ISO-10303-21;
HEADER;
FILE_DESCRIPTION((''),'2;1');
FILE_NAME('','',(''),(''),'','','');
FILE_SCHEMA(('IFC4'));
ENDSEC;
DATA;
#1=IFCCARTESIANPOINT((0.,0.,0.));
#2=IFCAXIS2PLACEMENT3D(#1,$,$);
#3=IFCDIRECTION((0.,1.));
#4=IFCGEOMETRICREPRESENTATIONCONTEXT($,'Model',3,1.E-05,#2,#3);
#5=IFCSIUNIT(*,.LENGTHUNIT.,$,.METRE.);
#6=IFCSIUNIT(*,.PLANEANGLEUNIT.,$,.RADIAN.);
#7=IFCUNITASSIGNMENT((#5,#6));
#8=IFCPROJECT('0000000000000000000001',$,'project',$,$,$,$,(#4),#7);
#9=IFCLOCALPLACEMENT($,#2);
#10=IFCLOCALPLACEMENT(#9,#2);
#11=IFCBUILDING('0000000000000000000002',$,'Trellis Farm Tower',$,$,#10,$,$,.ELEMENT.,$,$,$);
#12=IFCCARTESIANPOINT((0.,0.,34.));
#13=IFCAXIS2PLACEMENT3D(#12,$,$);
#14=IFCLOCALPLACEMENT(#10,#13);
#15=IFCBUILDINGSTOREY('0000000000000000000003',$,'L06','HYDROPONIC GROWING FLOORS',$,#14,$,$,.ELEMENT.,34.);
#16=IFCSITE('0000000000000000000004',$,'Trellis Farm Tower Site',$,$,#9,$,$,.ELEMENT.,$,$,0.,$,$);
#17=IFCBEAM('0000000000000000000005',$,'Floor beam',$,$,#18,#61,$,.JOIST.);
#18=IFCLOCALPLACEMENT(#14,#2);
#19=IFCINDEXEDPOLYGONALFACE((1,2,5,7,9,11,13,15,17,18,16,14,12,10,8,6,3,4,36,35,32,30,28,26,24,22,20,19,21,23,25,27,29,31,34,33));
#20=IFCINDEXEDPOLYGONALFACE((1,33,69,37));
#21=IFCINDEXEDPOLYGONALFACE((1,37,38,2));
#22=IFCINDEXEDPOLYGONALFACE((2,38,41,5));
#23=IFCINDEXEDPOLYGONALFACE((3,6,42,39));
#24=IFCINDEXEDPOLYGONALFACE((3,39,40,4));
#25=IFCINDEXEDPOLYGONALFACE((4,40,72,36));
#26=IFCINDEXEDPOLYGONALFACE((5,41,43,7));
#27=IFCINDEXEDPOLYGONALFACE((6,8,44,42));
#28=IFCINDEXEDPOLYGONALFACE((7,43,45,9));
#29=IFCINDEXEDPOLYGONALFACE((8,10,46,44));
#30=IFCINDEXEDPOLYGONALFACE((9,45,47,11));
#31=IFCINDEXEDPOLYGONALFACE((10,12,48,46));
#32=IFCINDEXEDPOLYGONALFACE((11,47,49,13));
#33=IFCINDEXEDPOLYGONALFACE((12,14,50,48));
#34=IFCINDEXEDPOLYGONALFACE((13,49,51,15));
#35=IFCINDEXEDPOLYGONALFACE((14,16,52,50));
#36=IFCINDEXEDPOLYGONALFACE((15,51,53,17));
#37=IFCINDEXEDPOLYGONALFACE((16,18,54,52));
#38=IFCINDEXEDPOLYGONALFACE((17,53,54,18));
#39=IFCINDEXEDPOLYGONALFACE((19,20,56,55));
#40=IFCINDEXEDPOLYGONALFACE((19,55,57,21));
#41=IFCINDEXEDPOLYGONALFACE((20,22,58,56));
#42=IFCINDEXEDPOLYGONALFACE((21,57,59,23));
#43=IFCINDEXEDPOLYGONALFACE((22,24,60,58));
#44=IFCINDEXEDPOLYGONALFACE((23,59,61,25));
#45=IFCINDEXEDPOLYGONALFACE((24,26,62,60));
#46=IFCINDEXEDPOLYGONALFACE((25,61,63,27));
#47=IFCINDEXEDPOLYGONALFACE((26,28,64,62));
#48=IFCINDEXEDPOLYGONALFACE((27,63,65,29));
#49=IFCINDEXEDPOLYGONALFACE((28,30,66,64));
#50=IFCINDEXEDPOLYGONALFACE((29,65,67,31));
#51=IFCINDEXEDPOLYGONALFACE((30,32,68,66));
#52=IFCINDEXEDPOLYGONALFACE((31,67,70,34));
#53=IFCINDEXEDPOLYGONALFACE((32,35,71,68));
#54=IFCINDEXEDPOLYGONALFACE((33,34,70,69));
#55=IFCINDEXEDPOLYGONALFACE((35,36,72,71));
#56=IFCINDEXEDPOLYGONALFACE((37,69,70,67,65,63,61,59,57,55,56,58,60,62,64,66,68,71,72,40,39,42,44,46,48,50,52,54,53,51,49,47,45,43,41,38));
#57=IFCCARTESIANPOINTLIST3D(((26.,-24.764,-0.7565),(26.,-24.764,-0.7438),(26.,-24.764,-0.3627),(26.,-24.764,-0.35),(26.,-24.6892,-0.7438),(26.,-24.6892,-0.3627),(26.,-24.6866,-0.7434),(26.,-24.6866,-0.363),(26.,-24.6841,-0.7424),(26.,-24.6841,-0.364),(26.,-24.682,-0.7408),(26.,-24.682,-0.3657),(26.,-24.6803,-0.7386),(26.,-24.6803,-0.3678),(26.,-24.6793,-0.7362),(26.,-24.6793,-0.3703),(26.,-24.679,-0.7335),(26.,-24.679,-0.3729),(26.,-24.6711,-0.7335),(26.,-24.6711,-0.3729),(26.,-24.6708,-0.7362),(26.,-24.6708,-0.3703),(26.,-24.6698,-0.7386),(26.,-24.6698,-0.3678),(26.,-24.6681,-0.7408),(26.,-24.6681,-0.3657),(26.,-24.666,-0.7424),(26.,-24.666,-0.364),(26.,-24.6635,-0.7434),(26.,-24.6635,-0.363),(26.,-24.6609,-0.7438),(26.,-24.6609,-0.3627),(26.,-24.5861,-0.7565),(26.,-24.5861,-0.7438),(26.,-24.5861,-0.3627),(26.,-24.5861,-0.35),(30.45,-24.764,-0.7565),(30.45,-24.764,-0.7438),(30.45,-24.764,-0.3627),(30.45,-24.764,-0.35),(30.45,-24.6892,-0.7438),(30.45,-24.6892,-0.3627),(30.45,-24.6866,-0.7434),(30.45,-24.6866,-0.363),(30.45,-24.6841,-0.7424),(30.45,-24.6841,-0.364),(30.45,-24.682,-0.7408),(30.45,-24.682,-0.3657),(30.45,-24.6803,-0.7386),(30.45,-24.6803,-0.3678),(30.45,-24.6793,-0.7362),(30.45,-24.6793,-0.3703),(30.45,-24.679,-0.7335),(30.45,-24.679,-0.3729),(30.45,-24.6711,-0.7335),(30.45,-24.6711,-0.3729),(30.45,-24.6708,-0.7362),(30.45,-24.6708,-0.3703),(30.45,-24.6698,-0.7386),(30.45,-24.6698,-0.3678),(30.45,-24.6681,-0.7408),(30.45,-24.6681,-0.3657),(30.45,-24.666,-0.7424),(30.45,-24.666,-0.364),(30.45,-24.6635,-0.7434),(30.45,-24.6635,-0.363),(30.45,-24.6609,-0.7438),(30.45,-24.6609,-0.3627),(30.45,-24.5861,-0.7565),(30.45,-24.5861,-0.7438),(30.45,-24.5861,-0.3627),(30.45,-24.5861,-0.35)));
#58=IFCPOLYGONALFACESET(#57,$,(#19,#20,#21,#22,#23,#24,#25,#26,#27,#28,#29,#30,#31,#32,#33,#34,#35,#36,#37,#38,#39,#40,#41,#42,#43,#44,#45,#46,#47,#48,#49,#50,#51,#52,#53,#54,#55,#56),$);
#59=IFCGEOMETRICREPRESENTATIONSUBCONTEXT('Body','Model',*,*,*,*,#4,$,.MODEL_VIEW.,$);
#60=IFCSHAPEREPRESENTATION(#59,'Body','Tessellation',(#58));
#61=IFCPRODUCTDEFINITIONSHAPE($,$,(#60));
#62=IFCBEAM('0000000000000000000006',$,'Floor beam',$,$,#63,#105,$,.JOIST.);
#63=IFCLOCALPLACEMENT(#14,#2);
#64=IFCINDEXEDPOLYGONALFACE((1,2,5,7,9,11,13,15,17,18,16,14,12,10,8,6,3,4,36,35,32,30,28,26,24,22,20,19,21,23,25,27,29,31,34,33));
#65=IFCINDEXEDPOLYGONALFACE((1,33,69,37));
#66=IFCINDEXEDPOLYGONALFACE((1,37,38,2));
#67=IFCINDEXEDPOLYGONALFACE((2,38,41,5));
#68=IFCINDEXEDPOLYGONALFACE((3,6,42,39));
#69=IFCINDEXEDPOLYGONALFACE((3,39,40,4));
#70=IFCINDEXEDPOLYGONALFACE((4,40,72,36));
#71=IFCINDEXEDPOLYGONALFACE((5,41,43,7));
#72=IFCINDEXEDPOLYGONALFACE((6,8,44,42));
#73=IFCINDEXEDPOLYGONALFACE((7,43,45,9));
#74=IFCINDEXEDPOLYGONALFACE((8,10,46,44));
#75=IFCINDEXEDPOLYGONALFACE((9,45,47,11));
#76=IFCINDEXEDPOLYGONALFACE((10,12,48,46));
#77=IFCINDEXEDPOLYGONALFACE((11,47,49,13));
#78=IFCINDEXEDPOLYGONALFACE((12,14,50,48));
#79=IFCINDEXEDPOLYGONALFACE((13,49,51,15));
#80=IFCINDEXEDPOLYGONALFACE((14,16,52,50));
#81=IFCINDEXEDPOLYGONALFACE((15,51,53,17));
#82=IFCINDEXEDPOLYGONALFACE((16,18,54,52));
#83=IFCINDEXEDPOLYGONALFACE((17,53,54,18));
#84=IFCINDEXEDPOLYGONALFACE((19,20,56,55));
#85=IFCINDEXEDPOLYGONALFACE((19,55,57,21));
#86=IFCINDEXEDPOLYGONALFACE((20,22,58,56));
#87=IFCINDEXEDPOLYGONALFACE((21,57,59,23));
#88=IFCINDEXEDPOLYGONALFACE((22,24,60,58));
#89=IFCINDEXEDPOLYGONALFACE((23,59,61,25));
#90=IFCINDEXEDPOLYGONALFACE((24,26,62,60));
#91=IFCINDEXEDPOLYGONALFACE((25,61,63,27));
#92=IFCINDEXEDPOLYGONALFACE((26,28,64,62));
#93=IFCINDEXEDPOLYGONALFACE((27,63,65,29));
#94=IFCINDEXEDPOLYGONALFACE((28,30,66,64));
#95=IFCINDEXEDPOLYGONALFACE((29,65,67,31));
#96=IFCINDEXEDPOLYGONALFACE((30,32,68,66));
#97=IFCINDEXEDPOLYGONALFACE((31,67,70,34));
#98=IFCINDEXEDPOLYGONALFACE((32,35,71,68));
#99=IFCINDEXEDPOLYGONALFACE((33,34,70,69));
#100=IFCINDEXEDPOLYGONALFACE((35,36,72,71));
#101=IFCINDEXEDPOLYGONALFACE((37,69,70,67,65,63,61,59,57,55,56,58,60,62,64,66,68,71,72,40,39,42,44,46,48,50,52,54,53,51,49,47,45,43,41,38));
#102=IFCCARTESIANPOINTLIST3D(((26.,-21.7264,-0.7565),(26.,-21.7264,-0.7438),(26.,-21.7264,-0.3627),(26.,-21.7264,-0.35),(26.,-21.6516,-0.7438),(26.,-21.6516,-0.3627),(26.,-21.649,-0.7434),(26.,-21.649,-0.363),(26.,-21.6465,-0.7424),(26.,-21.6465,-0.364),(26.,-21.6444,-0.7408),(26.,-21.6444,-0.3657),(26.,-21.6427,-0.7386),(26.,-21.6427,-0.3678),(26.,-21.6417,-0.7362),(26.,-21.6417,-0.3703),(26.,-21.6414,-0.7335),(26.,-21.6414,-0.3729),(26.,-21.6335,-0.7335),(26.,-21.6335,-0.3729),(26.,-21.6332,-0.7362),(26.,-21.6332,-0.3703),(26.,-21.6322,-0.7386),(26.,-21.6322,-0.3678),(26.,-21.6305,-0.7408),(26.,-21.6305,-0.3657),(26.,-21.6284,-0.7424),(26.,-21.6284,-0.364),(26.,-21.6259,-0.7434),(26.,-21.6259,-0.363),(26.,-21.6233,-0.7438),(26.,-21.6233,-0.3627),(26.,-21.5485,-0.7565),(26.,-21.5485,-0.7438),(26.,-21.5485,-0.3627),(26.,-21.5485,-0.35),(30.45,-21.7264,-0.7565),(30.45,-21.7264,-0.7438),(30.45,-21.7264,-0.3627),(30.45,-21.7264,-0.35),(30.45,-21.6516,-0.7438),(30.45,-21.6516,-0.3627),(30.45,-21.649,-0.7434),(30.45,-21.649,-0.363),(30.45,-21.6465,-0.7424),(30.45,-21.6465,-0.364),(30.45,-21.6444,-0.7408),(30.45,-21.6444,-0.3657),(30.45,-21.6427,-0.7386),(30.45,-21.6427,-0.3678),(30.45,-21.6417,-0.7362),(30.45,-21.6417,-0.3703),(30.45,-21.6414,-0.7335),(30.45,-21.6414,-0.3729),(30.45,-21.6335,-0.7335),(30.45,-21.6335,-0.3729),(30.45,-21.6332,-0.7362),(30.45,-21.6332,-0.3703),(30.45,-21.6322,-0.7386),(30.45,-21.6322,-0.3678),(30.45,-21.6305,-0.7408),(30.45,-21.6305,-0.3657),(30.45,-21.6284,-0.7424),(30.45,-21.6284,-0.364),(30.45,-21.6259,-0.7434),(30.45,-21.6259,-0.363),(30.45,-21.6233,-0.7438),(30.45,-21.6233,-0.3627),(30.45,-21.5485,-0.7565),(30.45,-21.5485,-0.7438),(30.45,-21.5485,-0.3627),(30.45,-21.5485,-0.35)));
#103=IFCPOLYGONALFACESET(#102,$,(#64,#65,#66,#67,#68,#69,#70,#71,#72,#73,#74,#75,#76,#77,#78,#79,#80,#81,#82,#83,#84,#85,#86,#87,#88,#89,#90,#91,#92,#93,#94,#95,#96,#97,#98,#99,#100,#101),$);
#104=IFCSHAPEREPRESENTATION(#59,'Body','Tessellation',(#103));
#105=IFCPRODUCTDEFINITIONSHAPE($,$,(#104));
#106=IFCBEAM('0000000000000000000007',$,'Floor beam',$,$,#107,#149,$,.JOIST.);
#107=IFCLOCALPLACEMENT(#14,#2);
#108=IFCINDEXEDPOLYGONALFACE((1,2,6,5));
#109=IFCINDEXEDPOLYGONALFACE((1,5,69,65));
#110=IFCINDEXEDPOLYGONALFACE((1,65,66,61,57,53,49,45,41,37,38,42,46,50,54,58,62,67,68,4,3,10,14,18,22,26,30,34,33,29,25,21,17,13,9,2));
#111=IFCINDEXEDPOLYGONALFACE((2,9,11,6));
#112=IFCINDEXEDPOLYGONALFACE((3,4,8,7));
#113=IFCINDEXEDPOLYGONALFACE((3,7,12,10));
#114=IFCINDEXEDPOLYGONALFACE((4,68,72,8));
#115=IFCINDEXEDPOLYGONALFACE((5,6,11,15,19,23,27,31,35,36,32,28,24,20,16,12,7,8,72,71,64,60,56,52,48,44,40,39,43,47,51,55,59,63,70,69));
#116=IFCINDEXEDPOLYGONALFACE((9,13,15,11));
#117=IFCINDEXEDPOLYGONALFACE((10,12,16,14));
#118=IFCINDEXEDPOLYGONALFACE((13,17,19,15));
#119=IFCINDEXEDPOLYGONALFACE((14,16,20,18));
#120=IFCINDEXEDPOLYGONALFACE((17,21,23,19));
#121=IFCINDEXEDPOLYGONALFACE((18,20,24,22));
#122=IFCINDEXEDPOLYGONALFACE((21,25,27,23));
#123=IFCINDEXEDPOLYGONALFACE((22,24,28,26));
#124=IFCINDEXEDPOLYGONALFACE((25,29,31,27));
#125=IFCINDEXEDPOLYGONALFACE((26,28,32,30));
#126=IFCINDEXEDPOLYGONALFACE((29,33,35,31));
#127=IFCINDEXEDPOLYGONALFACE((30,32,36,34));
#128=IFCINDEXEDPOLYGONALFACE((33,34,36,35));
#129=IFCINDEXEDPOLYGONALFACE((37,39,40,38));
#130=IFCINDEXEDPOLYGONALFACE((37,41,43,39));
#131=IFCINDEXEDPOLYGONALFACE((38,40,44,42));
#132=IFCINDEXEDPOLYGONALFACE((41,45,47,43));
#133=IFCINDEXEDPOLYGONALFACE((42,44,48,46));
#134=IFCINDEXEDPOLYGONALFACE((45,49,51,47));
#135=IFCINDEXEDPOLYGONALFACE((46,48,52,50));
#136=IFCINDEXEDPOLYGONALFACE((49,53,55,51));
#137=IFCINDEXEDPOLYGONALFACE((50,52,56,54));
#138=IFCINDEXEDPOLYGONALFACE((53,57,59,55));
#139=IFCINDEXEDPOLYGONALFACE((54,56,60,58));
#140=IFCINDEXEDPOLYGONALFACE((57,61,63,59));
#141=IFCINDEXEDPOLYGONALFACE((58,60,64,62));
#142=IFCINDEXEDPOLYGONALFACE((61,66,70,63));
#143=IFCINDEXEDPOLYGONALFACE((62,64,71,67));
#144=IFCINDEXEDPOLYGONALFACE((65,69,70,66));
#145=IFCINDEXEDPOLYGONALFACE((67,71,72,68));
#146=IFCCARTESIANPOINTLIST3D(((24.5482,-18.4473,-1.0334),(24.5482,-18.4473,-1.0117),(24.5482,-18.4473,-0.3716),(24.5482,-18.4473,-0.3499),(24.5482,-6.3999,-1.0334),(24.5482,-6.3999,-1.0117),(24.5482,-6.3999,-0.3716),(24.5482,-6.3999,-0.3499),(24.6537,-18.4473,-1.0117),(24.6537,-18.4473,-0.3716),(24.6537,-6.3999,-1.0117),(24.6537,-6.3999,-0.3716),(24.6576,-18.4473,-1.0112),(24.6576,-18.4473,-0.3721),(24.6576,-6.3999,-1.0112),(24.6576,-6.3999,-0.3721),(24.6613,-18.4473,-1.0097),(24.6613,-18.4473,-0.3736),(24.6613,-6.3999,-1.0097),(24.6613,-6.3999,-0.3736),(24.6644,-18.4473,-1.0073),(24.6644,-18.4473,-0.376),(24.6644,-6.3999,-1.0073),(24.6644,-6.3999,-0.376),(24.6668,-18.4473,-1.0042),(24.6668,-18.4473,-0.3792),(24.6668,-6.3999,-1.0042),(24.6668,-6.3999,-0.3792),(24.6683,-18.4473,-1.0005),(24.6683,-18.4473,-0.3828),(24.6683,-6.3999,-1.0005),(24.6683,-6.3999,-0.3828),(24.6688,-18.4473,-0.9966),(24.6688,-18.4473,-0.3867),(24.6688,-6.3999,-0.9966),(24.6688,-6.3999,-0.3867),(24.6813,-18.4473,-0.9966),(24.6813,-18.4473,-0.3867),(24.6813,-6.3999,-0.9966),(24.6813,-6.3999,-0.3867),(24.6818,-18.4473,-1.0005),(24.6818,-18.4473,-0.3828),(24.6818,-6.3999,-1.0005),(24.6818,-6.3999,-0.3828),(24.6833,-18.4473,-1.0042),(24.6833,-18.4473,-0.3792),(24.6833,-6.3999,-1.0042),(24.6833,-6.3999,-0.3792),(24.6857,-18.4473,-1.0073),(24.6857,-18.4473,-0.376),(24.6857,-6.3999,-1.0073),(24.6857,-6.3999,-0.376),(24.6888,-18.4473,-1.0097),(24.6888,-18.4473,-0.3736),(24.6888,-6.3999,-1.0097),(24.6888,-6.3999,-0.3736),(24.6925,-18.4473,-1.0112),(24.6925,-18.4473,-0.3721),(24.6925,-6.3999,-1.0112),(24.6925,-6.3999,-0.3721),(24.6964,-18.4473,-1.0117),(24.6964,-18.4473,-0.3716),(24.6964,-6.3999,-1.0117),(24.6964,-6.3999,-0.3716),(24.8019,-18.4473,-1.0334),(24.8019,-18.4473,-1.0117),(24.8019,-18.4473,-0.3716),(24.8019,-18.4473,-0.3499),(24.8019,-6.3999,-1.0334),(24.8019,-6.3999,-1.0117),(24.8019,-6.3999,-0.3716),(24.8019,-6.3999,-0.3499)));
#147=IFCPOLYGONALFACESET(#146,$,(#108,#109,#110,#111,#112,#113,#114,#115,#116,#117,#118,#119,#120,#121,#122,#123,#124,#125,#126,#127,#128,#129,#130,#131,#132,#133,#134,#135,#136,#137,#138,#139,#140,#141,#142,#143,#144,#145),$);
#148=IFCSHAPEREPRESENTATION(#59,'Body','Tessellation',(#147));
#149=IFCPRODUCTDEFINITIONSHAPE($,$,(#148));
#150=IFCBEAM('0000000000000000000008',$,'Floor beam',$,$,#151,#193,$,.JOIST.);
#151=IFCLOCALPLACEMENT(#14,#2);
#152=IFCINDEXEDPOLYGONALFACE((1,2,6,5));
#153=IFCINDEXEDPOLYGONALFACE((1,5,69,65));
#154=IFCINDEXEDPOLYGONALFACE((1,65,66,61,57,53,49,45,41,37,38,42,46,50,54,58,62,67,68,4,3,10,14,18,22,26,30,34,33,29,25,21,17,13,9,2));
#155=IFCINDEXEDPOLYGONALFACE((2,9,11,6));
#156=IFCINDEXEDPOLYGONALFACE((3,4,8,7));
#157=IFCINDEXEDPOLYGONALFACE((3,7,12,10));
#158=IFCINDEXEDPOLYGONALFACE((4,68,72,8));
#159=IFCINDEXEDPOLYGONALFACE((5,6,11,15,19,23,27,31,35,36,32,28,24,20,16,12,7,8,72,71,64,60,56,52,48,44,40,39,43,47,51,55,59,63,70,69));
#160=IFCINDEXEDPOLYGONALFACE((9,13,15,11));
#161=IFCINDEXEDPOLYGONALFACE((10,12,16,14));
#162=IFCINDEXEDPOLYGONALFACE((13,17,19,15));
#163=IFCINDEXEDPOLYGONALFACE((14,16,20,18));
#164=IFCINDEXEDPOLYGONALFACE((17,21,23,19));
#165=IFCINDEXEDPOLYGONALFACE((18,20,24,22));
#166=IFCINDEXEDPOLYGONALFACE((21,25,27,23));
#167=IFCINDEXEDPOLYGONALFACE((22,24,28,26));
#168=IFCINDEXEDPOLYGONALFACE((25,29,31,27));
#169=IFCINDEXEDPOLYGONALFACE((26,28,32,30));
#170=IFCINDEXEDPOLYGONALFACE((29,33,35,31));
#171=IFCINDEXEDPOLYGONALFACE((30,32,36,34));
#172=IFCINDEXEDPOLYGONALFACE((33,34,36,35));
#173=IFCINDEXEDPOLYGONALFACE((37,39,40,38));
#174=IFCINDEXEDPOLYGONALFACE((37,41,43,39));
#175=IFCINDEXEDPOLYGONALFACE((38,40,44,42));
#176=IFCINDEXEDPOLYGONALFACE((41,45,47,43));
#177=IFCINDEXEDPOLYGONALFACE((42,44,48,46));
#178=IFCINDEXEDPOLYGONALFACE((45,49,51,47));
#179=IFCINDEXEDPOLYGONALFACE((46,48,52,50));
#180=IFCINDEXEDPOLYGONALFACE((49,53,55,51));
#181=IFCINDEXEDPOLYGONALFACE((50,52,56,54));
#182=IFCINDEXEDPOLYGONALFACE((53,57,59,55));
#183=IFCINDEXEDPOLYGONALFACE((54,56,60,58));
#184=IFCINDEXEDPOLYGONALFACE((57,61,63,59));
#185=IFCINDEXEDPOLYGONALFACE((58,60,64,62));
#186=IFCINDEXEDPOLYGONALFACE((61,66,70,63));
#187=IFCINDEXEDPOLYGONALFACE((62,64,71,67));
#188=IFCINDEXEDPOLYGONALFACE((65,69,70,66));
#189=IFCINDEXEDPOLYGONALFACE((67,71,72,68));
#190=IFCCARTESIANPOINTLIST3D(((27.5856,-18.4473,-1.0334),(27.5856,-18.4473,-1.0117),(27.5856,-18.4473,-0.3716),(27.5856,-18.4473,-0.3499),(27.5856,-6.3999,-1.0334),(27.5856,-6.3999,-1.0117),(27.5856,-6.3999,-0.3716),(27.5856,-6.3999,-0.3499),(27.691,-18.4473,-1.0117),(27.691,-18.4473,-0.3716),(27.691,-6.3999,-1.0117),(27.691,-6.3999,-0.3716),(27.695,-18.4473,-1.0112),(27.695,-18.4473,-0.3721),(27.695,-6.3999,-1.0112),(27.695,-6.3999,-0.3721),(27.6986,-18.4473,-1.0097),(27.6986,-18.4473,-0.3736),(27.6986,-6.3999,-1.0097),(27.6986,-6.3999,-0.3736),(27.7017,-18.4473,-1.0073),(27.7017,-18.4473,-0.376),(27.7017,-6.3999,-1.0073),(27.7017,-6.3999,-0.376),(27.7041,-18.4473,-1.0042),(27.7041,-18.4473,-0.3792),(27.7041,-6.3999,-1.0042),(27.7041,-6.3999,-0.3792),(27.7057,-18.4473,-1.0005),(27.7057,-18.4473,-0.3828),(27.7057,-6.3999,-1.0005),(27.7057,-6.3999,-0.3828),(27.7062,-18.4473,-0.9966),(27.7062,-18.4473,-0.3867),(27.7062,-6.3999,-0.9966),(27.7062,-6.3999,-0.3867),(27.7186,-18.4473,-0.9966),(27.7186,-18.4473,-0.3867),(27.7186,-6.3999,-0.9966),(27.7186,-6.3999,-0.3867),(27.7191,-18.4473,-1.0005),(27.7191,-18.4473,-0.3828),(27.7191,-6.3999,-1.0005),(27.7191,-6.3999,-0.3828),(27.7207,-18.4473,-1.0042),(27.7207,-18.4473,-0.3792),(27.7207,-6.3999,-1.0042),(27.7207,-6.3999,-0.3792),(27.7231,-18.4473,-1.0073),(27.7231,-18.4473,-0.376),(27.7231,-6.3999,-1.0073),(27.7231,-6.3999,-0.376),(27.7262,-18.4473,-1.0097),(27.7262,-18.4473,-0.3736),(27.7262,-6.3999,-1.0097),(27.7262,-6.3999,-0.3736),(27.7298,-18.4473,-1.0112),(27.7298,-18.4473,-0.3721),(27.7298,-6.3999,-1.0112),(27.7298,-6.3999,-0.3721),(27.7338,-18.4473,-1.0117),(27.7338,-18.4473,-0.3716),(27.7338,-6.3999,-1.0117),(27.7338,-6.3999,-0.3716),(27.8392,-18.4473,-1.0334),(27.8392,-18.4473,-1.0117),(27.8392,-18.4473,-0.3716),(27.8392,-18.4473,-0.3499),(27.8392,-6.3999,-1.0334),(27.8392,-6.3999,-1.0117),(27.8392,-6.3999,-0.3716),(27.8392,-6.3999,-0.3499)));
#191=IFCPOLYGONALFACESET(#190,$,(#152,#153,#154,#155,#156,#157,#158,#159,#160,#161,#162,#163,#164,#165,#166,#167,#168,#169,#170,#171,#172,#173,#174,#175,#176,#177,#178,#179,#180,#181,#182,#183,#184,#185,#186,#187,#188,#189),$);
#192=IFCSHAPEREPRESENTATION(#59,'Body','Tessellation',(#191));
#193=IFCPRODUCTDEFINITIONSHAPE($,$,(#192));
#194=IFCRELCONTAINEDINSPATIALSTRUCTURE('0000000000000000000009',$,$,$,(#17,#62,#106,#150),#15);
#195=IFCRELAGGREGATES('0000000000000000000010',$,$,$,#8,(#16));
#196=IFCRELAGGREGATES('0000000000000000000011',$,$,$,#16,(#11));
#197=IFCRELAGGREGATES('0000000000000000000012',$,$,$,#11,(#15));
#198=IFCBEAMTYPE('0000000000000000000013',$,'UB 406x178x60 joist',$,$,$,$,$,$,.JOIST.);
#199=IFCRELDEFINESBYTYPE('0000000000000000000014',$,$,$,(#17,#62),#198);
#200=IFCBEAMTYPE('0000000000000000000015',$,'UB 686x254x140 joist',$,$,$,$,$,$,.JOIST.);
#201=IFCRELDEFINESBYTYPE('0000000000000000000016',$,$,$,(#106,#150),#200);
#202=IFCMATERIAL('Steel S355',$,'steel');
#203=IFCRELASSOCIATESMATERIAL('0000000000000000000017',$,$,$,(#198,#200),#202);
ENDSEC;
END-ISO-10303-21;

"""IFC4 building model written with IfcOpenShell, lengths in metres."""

from ifc_helpers import new_model, si_unit, direction, frame, origin, origin_2d, place, context, subcontext, project, spatial, i_section, extrude, source, transform, mapped, material, material_profile, profile_set, type_object, element, save


model = new_model("IFC4")

# Units and contexts
model_context = context("Model", 3, precision=1e-05, world=origin(), true_north=direction((0.0, 1.0)))
body_context = subcontext(model_context, "Body", "Model", "MODEL_VIEW")
ifc_project = project(units=[si_unit("LENGTHUNIT", "METRE"), si_unit("PLANEANGLEUNIT", "RADIAN")], contexts=[model_context])

# Site, building, storey
site_placement = place(None, origin())
site = spatial("IfcSite", under=ifc_project, at=site_placement, Name="Trellis Farm Tower Site", CompositionType="ELEMENT", RefElevation=0.0)
building_placement = place(site_placement, origin())
building = spatial("IfcBuilding", under=site, at=building_placement, Name="Trellis Farm Tower", CompositionType="ELEMENT")
storey_placement = place(building_placement, frame((0.0, 0.0, 34.0)))
storey = spatial("IfcBuildingStorey", under=building, at=storey_placement, Name="L06", Description="HYDROPONIC GROWING FLOORS", CompositionType="ELEMENT", Elevation=34.0)

# Beams
ifc_material_1 = material(Name="Steel S355", Category="steel")
ifc_material_profile_1 = material_profile(ifc_material_1, i_section(OverallWidth=0.178, OverallDepth=0.4065, WebThickness=0.0078, FlangeThickness=0.0127, FilletRadius=0.0103, at=origin_2d()), Name="UB 406x178x60")
ifc_profile_set_1 = profile_set([ifc_material_profile_1], Name="Steel S355")
beam_type_1 = type_object("IfcBeamType", Name="UB 406x178x60 joist", PredefinedType="JOIST", material=ifc_profile_set_1)
ifc_material_profile_2 = material_profile(ifc_material_1, i_section(OverallWidth=0.2537, OverallDepth=0.6836, WebThickness=0.0125, FlangeThickness=0.0217, FilletRadius=0.0151, at=origin_2d()), Name="UB 686x254x140")
ifc_profile_set_2 = profile_set([ifc_material_profile_2], Name="Steel S355")
beam_type_2 = type_object("IfcBeamType", Name="UB 686x254x140 joist", PredefinedType="JOIST", material=ifc_profile_set_2)
shared_shape_1 = source(origin(), body_context, "Body", "SweptSolid", [
    extrude(i_section(OverallWidth=0.178, OverallDepth=0.4065, WebThickness=0.0078, FlangeThickness=0.0127, FilletRadius=0.0103, at=origin_2d()), origin(), (0.0, 0.0, 1.0), 4.45),
])
for number, where, z_axis, x_axis, name in (
    (1, (26.0, -24.675, -0.5532), (1.0, 0.0, 0.0), (0.0, 1.0, 0.0), "Floor beam"),
    (2, (26.0, -21.6375, -0.5532), (1.0, 0.0, 0.0), (0.0, 1.0, 0.0), "Floor beam"),
):
    element("IfcBeam", number, at=place(storey_placement, frame(where, z_axis=z_axis, x_axis=x_axis)), inside=storey, type_object=beam_type_1, Name=name, PredefinedType="JOIST", context=body_context, shape_type="MappedRepresentation", body=[
        mapped(shared_shape_1, transform((0.0, 0.0, 0.0))),
    ])
shared_shape_2 = source(origin(), body_context, "Body", "SweptSolid", [
    extrude(i_section(OverallWidth=0.2537, OverallDepth=0.6836, WebThickness=0.0125, FlangeThickness=0.0217, FilletRadius=0.0151, at=origin_2d()), origin(), (0.0, 0.0, 1.0), 12.0474),
])
for number, where, z_axis, x_axis, name in (
    (3, (24.675, -18.4473, -0.6917), (0.0, 1.0, 0.0), (-1.0, 0.0, 0.0), "Floor beam"),
    (4, (27.7124, -18.4473, -0.6917), (0.0, 1.0, 0.0), (-1.0, 0.0, 0.0), "Floor beam"),
):
    element("IfcBeam", number, at=place(storey_placement, frame(where, z_axis=z_axis, x_axis=x_axis)), inside=storey, type_object=beam_type_2, Name=name, PredefinedType="JOIST", context=body_context, shape_type="MappedRepresentation", body=[
        mapped(shared_shape_2, transform((0.0, 0.0, 0.0))),
    ])

save(model, "model.ifc")
